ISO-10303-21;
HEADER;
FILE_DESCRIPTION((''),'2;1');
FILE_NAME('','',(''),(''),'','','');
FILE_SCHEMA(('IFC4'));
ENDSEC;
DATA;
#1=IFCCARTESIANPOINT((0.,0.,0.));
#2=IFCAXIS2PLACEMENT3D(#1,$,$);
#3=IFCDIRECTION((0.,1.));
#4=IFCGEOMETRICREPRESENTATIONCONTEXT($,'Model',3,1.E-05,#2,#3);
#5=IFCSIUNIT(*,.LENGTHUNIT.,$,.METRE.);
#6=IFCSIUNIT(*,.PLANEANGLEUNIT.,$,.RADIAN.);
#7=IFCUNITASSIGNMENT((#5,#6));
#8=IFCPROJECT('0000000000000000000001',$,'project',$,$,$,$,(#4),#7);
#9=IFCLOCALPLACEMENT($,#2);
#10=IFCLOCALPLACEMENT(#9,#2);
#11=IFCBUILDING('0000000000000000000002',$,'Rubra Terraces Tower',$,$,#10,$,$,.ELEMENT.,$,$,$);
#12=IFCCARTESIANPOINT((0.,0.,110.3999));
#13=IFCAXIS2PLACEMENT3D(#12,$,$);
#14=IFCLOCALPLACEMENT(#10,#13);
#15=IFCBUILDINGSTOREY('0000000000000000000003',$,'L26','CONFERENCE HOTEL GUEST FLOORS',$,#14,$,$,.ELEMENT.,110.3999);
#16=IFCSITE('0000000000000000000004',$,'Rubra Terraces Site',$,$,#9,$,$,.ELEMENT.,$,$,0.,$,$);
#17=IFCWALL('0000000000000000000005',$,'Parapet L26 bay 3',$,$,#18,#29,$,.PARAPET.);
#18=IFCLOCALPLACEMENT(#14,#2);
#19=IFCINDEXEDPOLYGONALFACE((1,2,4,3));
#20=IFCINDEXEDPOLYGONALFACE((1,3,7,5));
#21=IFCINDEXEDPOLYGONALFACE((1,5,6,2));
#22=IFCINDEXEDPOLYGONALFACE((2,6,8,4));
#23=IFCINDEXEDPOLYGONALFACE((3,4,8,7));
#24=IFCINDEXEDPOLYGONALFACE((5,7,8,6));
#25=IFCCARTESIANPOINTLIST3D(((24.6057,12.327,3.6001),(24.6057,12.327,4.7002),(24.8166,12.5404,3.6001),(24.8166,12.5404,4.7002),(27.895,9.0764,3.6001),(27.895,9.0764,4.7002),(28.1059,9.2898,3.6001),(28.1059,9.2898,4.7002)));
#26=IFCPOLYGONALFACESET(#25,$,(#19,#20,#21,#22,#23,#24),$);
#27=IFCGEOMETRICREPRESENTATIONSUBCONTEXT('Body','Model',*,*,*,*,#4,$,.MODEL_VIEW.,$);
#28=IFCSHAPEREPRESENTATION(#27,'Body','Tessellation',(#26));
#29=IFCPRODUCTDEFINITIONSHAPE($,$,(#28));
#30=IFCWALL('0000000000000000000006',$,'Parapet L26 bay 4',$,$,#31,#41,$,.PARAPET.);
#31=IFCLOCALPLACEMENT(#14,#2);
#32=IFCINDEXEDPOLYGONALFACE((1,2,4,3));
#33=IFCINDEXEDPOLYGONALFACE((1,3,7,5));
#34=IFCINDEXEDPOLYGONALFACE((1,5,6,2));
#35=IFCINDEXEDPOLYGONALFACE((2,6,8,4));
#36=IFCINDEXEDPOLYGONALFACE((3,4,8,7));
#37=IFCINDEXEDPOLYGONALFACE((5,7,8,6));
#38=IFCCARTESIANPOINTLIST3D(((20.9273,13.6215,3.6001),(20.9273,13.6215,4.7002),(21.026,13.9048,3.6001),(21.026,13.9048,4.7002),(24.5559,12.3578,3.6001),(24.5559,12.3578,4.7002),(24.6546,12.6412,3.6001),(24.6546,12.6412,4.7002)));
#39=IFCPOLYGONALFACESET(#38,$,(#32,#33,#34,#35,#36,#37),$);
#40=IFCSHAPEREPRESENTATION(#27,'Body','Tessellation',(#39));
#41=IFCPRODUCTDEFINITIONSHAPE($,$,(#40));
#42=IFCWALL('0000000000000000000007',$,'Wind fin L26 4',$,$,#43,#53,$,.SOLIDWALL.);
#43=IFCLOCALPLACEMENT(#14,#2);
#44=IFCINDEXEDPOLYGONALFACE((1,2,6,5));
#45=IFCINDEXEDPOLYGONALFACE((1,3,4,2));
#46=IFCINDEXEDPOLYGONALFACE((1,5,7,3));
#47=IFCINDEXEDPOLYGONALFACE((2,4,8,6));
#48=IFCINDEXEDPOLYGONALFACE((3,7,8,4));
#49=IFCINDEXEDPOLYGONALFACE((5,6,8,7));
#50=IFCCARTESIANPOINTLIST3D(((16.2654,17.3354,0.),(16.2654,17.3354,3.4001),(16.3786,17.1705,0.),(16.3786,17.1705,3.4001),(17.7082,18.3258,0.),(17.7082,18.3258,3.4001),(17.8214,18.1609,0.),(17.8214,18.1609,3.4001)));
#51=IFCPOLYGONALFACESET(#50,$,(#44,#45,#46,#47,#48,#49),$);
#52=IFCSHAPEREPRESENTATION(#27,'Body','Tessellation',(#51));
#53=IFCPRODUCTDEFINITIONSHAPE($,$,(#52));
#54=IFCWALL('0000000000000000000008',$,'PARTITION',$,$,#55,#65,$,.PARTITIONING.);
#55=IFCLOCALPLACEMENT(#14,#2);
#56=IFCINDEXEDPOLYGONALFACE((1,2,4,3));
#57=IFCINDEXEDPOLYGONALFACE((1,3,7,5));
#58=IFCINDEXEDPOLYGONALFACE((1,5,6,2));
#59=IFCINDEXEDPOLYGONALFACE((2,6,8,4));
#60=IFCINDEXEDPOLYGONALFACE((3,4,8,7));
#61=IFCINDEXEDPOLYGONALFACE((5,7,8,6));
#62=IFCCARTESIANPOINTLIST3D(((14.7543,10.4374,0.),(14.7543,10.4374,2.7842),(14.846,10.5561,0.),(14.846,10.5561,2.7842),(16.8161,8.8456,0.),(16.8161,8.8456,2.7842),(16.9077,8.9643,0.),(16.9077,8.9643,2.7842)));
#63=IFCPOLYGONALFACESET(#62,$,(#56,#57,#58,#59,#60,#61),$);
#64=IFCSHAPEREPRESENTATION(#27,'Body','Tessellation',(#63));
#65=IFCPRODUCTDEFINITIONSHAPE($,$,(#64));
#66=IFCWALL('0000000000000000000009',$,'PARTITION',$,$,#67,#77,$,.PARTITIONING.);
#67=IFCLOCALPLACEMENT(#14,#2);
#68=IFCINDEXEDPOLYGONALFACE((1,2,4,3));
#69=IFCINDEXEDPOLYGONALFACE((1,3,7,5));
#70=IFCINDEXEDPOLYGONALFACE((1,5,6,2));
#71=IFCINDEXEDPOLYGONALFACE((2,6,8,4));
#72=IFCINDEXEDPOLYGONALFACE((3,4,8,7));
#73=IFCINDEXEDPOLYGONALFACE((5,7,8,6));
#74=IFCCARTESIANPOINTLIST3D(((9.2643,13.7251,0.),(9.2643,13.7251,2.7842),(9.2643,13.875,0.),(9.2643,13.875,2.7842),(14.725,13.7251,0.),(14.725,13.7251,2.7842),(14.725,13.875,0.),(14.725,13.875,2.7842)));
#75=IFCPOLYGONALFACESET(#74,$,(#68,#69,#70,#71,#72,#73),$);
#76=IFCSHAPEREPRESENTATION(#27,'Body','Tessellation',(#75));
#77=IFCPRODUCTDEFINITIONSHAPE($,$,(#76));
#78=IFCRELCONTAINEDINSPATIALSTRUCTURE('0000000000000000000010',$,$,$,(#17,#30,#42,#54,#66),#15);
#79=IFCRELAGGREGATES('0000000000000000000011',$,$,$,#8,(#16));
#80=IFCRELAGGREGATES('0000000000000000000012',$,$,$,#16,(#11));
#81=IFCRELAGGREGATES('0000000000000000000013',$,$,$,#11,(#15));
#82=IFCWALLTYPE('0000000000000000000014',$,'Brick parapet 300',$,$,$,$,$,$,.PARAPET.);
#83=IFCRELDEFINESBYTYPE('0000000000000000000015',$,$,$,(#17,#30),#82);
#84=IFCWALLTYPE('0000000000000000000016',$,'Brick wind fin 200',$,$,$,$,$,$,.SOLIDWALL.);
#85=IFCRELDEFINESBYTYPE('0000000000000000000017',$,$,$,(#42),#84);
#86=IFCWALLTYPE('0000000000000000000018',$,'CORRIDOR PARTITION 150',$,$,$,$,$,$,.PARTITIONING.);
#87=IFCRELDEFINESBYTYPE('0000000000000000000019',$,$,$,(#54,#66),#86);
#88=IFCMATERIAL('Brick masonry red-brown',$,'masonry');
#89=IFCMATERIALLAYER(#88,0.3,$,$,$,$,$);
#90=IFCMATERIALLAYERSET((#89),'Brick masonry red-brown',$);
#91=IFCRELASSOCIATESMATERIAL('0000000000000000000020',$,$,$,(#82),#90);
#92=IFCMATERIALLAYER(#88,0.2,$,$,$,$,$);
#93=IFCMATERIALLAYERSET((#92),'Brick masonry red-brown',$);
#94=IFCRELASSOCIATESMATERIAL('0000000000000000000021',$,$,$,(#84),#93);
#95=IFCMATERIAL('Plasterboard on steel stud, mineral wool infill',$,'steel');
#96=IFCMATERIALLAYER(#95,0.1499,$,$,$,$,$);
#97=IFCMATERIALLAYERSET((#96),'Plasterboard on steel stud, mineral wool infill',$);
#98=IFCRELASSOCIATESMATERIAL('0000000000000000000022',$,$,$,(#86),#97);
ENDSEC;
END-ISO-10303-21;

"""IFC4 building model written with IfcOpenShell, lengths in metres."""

from ifc_helpers import new_model, si_unit, direction, frame, frame_2d, origin, place, context, subcontext, project, spatial, rectangle, extrude, material, layer, layer_set, type_object, element, save


model = new_model("IFC4")

# Units and contexts
model_context = context("Model", 3, precision=1e-05, world=origin(), true_north=direction((0.0, 1.0)))
body_context = subcontext(model_context, "Body", "Model", "MODEL_VIEW")
ifc_project = project(units=[si_unit("LENGTHUNIT", "METRE"), si_unit("PLANEANGLEUNIT", "RADIAN")], contexts=[model_context])

# Site, building, storey
site_placement = place(None, origin())
site = spatial("IfcSite", under=ifc_project, at=site_placement, Name="Rubra Terraces Site", CompositionType="ELEMENT", RefElevation=0.0)
building_placement = place(site_placement, origin())
building = spatial("IfcBuilding", under=site, at=building_placement, Name="Rubra Terraces Tower", CompositionType="ELEMENT")
storey_placement = place(building_placement, frame((0.0, 0.0, 110.3999)))
storey = spatial("IfcBuildingStorey", under=building, at=storey_placement, Name="L26", Description="CONFERENCE HOTEL GUEST FLOORS", CompositionType="ELEMENT", Elevation=110.3999)

# Shared definitions
ifc_material_1 = material(Name="Brick masonry red-brown", Category="masonry")

# Walls
ifc_layer_1 = layer(ifc_material_1, 0.3)
ifc_layer_set_1 = layer_set([ifc_layer_1], Name="Brick masonry red-brown")
wall_type_1 = type_object("IfcWallType", Name="Brick parapet 300", PredefinedType="PARAPET", material=ifc_layer_set_1)
wall_1_placement = place(storey_placement, frame((28.0005, 9.1831, 3.6001), z_axis=(0.0, 0.0, 1.0), x_axis=(-0.711291, 0.702897, 0.0)))
element("IfcWall", 1, at=wall_1_placement, inside=storey, type_object=wall_type_1, Name="Parapet L26 bay 3", PredefinedType="PARAPET", context=body_context, shape_type="SweptSolid", body=[
    extrude(rectangle(XDim=4.6245, YDim=0.3, at=frame_2d((2.3123, 0.0))), origin(), (0.0, 0.0, 1.0), 1.1001),
])
wall_2_placement = place(storey_placement, frame((24.6052, 12.4995, 3.6001), z_axis=(0.0, 0.0, 1.0), x_axis=(-0.944373, 0.328875, 0.0)))
element("IfcWall", 2, at=wall_2_placement, inside=storey, type_object=wall_type_1, Name="Parapet L26 bay 4", PredefinedType="PARAPET", context=body_context, shape_type="SweptSolid", body=[
    extrude(rectangle(XDim=3.8423, YDim=0.3, at=frame_2d((1.9211, 0.0))), origin(), (0.0, 0.0, 1.0), 1.1001),
])
ifc_layer_2 = layer(ifc_material_1, 0.2)
ifc_layer_set_2 = layer_set([ifc_layer_2], Name="Brick masonry red-brown")
wall_type_2 = type_object("IfcWallType", Name="Brick wind fin 200", PredefinedType="SOLIDWALL", material=ifc_layer_set_2)
wall_3_placement = place(storey_placement, frame((16.322, 17.2529, 0.0), z_axis=(0.0, 0.0, 1.0), x_axis=(0.824441, 0.565948, 0.0)))
element("IfcWall", 3, at=wall_3_placement, inside=storey, type_object=wall_type_2, Name="Wind fin L26 4", PredefinedType="SOLIDWALL", context=body_context, shape_type="SweptSolid", body=[
    extrude(rectangle(XDim=1.75, YDim=0.2, at=frame_2d((0.875, 0.0))), origin(), (0.0, 0.0, 1.0), 3.4001),
])
ifc_material_2 = material(Name="Plasterboard on steel stud, mineral wool infill", Category="steel")
ifc_layer_3 = layer(ifc_material_2, 0.1499)
ifc_layer_set_3 = layer_set([ifc_layer_3], Name="Plasterboard on steel stud, mineral wool infill")
wall_type_3 = type_object("IfcWallType", Name="CORRIDOR PARTITION 150", PredefinedType="PARTITIONING", material=ifc_layer_set_3)
wall_4_placement = place(storey_placement, frame((16.8618, 8.905, 0.0), z_axis=(0.0, 0.0, 1.0), x_axis=(-0.791543, 0.611114, 0.0)))
element("IfcWall", 4, at=wall_4_placement, inside=storey, type_object=wall_type_3, Name="PARTITION", PredefinedType="PARTITIONING", context=body_context, shape_type="SweptSolid", body=[
    extrude(rectangle(XDim=2.6047, YDim=0.1499, at=frame_2d((1.3022, 0.0))), origin(), (0.0, 0.0, 1.0), 2.7842),
])

# Wall
wall_5_placement = place(storey_placement, frame((14.7251, 13.8, 0.0), z_axis=(0.0, 0.0, 1.0), x_axis=(-1.0, 0.0, 0.0)))
element("IfcWall", 5, at=wall_5_placement, inside=storey, type_object=wall_type_3, Name="PARTITION", PredefinedType="PARTITIONING", context=body_context, shape_type="SweptSolid", body=[
    extrude(rectangle(XDim=5.4607, YDim=0.1499, at=frame_2d((2.7305, 0.0))), origin(), (0.0, 0.0, 1.0), 2.7842),
])

save(model, "model.ifc")
